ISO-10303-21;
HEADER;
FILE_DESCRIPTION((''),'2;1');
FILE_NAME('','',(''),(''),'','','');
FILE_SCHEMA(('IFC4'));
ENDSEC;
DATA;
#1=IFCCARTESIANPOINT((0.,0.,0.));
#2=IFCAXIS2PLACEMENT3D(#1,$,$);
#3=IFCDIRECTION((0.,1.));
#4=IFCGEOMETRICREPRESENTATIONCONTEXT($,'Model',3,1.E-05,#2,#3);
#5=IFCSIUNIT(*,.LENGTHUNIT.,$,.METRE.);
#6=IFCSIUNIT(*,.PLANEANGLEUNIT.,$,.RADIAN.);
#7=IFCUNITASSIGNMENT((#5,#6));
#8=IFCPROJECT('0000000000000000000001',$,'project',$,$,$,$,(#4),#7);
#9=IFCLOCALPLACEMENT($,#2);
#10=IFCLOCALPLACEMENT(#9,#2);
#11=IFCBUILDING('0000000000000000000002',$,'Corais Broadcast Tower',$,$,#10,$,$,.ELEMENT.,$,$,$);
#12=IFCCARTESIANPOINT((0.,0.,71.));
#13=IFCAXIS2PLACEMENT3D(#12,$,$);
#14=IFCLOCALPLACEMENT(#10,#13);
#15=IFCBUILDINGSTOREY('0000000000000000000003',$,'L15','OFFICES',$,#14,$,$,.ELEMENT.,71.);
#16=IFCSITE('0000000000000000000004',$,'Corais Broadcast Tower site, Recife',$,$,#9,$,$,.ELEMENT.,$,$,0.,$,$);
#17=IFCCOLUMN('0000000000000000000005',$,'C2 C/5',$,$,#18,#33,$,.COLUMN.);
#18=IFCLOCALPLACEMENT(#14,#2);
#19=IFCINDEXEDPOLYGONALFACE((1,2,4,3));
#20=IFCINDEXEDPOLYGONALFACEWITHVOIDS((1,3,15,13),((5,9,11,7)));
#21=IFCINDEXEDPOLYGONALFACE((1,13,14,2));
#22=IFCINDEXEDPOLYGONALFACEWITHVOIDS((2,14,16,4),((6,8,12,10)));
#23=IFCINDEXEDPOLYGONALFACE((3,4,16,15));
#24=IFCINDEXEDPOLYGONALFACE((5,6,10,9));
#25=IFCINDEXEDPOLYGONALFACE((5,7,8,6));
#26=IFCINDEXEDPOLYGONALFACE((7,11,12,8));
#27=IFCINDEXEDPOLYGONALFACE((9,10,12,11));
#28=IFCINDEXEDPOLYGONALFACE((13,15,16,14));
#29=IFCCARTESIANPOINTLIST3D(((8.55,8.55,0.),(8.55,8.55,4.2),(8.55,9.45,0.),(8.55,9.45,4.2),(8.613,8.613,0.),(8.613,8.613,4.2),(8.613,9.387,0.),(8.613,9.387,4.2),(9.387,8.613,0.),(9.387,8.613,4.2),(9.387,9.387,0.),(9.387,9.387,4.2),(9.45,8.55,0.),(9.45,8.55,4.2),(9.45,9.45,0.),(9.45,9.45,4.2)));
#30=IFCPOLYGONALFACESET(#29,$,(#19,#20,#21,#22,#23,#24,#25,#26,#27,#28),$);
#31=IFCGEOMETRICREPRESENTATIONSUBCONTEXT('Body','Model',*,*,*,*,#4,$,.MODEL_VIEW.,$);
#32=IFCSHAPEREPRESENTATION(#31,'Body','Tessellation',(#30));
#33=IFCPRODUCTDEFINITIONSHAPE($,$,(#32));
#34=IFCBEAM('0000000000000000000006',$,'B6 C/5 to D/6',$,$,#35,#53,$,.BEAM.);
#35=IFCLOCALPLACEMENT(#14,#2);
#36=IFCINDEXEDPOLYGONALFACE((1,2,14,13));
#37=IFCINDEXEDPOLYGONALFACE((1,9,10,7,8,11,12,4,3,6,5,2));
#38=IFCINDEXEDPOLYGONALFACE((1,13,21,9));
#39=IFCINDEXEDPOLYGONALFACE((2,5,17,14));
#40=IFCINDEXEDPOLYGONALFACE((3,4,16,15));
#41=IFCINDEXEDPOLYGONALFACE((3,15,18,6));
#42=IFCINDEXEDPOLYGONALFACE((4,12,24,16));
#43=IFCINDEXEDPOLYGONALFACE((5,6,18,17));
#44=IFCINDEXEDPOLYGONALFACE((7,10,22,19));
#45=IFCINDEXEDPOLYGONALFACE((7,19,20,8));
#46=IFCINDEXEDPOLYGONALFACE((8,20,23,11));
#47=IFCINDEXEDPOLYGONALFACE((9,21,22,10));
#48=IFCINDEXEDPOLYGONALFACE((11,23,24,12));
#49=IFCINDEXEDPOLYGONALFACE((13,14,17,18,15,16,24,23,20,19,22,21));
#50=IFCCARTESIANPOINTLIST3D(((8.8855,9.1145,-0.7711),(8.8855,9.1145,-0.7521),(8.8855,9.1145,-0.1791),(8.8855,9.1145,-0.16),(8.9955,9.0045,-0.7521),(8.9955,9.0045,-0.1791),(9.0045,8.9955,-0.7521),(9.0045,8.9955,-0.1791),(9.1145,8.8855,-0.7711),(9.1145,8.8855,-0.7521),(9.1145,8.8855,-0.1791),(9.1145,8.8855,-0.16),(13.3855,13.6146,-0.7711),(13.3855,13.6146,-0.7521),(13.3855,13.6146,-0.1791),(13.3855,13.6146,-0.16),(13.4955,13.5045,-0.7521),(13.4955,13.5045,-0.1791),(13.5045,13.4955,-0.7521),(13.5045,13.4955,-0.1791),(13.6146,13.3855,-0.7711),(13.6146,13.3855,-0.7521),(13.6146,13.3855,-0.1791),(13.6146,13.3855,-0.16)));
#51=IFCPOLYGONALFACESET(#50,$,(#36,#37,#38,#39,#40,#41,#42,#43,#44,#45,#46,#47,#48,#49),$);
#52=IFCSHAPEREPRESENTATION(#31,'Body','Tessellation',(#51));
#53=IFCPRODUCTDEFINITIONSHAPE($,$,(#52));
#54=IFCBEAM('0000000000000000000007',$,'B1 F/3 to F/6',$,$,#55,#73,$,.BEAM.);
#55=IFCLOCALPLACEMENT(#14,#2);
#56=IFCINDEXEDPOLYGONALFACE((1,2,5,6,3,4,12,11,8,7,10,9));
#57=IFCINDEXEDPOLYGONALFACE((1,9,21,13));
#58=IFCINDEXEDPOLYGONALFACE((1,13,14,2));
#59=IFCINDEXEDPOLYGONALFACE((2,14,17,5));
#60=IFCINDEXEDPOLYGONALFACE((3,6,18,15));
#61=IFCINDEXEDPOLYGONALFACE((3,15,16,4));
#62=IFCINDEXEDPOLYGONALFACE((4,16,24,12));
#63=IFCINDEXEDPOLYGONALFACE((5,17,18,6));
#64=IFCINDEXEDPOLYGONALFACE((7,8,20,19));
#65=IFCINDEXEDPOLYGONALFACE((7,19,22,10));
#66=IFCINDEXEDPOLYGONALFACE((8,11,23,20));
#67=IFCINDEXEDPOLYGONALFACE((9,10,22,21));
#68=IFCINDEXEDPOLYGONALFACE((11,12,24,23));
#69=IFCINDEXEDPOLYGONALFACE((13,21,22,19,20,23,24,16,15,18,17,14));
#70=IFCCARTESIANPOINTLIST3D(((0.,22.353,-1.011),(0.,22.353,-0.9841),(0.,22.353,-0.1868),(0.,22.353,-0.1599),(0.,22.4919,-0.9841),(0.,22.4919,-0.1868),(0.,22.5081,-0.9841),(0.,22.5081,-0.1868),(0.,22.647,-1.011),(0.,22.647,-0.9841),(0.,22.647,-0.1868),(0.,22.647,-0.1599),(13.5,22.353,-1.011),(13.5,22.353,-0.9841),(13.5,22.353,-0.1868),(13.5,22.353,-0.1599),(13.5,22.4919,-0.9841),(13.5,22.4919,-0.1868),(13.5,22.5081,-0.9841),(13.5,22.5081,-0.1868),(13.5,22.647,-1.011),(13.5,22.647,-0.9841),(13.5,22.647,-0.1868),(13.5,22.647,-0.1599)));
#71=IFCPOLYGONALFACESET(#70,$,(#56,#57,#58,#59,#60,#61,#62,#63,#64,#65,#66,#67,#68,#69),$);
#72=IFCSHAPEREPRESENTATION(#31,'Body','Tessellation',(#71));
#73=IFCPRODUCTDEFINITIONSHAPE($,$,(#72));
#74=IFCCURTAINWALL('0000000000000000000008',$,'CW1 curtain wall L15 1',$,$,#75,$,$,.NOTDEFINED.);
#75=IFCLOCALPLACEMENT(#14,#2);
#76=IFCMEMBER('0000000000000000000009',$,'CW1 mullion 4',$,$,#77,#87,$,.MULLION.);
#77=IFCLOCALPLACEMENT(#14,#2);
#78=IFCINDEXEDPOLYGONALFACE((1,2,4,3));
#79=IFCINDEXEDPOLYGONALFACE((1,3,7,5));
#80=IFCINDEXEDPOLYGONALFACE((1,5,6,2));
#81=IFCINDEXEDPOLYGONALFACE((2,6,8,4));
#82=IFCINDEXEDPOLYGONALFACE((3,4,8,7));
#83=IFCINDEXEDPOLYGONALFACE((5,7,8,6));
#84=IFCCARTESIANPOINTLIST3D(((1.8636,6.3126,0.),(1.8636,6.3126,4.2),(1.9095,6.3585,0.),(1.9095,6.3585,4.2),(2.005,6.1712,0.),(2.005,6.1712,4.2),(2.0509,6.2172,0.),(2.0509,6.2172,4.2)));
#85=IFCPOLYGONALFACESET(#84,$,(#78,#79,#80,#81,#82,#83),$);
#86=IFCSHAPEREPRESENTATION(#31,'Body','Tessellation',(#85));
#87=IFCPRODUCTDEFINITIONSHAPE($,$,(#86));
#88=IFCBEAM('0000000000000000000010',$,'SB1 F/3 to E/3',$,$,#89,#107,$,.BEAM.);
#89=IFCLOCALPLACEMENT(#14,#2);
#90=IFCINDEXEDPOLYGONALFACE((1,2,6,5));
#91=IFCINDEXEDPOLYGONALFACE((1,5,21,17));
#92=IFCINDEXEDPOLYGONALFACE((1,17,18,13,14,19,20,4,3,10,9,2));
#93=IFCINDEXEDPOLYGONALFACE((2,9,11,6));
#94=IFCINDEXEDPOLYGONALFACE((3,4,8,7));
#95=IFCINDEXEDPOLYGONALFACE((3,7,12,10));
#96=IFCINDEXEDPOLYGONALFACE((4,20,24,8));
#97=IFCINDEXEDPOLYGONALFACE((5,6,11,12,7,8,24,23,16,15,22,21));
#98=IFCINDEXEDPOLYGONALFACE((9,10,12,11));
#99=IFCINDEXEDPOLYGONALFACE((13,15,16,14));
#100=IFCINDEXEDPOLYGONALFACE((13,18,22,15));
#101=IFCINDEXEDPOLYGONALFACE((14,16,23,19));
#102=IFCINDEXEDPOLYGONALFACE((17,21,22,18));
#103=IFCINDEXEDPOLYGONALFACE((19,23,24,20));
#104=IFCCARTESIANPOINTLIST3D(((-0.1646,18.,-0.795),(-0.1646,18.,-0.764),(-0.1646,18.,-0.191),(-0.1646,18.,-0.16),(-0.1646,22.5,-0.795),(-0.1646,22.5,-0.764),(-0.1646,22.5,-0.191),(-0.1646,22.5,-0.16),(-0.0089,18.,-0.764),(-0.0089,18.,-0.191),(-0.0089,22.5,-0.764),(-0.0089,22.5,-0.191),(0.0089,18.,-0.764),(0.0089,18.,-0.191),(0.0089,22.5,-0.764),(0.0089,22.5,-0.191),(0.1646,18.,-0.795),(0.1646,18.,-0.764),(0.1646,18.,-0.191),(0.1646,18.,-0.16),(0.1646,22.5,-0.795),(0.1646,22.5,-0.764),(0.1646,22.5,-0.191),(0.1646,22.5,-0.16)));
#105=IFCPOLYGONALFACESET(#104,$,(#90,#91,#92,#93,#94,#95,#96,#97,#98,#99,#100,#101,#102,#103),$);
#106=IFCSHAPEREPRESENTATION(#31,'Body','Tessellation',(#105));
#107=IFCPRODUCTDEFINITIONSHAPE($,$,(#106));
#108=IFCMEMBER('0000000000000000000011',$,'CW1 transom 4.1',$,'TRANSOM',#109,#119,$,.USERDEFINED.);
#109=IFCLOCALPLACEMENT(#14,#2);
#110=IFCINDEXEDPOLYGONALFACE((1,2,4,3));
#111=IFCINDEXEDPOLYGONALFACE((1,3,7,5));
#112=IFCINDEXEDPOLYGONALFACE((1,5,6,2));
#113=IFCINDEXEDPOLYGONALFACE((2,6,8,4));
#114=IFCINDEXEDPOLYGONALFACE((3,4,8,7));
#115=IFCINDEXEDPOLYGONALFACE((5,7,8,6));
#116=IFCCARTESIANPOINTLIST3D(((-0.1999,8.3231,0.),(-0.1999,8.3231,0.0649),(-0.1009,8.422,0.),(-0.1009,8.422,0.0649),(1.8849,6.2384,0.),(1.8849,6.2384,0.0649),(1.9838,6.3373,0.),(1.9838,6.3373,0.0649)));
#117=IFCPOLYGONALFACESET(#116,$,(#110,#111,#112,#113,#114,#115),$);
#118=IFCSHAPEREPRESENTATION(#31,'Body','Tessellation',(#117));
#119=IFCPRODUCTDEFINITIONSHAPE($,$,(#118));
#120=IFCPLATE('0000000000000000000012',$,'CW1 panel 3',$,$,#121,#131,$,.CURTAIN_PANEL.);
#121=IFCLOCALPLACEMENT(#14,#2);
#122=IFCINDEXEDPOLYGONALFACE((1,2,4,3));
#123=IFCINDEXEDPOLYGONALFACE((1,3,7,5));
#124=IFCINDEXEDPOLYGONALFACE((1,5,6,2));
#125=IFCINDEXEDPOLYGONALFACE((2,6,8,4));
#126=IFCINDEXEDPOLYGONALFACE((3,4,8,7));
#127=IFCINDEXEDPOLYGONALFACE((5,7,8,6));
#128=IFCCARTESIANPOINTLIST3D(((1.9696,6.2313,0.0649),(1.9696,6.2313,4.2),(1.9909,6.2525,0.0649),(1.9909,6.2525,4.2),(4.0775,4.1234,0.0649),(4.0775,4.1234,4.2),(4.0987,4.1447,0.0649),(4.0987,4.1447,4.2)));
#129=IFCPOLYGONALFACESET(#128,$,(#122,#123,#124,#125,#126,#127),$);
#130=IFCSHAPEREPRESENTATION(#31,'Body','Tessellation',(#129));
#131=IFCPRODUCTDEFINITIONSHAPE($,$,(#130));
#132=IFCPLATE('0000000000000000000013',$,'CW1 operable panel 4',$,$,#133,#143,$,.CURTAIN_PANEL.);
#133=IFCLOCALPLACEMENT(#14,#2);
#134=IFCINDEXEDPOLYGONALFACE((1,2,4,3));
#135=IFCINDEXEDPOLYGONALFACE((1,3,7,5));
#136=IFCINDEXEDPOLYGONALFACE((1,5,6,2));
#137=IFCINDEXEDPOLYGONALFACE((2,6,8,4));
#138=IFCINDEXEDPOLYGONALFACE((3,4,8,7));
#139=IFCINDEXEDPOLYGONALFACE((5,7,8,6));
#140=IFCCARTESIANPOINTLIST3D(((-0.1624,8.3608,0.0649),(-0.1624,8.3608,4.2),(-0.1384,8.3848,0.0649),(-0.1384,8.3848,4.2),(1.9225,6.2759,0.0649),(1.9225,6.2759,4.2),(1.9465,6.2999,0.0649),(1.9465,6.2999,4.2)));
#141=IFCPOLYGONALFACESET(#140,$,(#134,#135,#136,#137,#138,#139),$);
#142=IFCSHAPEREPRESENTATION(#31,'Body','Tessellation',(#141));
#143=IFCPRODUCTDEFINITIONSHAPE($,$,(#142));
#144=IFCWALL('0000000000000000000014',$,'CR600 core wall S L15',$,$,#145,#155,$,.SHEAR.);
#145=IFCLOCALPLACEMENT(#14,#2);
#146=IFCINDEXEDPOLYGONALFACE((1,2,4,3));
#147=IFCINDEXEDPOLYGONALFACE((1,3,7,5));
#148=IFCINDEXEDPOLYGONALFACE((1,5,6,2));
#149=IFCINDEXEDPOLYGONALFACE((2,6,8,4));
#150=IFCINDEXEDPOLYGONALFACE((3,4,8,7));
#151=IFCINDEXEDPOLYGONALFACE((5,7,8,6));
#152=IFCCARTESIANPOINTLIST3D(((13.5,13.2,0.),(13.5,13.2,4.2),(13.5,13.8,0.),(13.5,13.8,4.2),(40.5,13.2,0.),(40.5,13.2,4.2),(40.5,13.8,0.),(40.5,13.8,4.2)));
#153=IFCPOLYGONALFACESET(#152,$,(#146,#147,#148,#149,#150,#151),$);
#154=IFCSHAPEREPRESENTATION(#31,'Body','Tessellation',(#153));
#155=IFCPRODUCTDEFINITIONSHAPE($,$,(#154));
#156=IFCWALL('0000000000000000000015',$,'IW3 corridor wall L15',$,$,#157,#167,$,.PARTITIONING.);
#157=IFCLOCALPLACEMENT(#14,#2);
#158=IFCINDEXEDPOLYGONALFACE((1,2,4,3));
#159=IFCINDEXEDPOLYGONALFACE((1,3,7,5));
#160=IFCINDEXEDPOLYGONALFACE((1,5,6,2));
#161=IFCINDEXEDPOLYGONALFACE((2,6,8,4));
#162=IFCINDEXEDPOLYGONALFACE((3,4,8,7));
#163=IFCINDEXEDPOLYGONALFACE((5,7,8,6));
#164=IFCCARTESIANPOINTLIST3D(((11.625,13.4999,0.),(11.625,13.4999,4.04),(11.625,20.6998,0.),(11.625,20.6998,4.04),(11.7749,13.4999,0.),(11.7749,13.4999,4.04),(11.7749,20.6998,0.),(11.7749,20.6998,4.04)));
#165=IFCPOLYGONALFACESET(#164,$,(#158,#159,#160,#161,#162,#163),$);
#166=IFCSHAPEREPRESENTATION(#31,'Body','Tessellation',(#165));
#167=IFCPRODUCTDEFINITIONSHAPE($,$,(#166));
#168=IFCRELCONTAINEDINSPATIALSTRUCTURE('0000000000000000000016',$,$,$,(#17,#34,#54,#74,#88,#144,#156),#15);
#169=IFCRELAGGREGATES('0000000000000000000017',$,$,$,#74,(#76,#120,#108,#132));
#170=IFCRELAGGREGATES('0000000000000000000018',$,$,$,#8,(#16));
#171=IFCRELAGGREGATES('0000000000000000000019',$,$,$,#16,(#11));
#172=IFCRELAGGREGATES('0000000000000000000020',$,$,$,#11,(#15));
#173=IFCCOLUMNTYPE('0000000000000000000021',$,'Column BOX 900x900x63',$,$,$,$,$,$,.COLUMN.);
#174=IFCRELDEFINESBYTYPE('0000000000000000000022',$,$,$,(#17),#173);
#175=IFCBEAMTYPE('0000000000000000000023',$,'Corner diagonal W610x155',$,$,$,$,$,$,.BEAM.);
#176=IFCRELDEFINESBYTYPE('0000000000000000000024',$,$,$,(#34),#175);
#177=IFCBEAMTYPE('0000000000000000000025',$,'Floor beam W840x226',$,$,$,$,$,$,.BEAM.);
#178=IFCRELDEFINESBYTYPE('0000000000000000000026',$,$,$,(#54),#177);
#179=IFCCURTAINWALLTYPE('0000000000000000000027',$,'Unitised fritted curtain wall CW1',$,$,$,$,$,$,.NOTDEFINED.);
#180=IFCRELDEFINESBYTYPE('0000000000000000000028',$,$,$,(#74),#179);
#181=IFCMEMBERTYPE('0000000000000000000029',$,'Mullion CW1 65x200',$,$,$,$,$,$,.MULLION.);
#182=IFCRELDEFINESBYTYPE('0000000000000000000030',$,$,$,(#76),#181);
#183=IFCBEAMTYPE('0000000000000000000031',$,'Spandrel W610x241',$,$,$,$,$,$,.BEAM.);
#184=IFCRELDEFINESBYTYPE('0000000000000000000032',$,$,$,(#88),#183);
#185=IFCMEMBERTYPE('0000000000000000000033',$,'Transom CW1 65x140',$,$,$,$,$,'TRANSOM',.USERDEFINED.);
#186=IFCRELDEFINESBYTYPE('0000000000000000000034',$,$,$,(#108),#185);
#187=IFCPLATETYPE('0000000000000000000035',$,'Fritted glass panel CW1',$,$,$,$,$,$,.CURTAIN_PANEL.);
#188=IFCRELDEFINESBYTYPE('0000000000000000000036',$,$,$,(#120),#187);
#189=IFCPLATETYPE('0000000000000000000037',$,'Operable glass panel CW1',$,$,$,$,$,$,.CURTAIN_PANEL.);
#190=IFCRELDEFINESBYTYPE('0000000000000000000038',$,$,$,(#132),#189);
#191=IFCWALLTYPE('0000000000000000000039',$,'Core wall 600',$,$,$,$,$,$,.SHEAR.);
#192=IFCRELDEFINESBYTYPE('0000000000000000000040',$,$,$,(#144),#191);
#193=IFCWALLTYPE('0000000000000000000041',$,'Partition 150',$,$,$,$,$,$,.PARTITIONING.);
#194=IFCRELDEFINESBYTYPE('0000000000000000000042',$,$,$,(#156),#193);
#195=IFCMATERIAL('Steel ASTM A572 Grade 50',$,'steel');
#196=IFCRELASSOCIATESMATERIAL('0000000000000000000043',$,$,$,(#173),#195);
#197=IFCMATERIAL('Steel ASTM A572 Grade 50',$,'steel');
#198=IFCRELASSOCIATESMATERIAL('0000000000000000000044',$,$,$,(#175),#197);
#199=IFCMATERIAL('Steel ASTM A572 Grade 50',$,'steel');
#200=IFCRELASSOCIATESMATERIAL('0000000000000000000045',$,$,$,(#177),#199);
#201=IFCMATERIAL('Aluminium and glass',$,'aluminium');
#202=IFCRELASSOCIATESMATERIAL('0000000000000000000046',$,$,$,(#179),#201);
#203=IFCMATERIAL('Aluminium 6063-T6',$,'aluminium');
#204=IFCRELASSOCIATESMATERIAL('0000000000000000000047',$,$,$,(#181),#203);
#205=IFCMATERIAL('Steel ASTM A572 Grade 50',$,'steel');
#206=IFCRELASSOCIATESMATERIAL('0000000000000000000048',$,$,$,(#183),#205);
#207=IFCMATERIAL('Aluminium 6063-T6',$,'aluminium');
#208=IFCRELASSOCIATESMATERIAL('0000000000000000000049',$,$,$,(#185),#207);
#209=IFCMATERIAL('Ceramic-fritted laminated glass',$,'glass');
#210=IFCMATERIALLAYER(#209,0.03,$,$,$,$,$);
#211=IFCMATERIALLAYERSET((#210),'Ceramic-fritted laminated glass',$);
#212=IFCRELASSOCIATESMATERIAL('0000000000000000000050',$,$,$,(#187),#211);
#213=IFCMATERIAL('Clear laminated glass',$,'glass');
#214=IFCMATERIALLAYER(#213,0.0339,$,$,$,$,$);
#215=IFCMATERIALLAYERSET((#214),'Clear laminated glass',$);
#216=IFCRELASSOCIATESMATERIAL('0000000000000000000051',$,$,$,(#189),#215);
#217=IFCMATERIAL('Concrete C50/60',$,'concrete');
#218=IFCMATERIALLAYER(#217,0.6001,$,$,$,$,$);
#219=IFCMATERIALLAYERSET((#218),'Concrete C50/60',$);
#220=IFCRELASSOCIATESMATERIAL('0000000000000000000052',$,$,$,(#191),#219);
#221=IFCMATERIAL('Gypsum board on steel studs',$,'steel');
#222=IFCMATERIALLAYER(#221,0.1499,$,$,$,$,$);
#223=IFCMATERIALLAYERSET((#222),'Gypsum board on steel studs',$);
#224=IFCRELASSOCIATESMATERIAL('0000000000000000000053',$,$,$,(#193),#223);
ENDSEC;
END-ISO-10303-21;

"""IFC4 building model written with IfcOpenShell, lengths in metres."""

from ifc_helpers import new_model, si_unit, direction, frame, frame_2d, origin, origin_2d, place, context, subcontext, project, spatial, rectangle, hollow_rectangle, i_section, extrude, material, layer, layer_set, material_profile, profile_set, type_object, element, aggregate, save


model = new_model("IFC4")

# Units and contexts
model_context = context("Model", 3, precision=1e-05, world=origin(), true_north=direction((0.0, 1.0)))
body_context = subcontext(model_context, "Body", "Model", "MODEL_VIEW")
ifc_project = project(units=[si_unit("LENGTHUNIT", "METRE"), si_unit("PLANEANGLEUNIT", "RADIAN")], contexts=[model_context])

# Site, building, storey
site_placement = place(None, origin())
site = spatial("IfcSite", under=ifc_project, at=site_placement, Name="Corais Broadcast Tower site, Recife", CompositionType="ELEMENT", RefElevation=0.0)
building_placement = place(site_placement, origin())
building = spatial("IfcBuilding", under=site, at=building_placement, Name="Corais Broadcast Tower", CompositionType="ELEMENT")
storey_placement = place(building_placement, frame((0.0, 0.0, 71.0)))
storey = spatial("IfcBuildingStorey", under=building, at=storey_placement, Name="L15", Description="OFFICES", CompositionType="ELEMENT", Elevation=71.0)

# Column
ifc_material_1 = material(Name="Steel ASTM A572 Grade 50", Category="steel")
ifc_material_profile_1 = material_profile(ifc_material_1, hollow_rectangle(XDim=0.8999, YDim=0.8999, WallThickness=0.063, at=origin_2d()), Name="BOX 900x900x63")
ifc_profile_set_1 = profile_set([ifc_material_profile_1], Name="Steel ASTM A572 Grade 50")
column_type = type_object("IfcColumnType", Name="Column BOX 900x900x63", PredefinedType="COLUMN", material=ifc_profile_set_1)
column_placement = place(storey_placement, frame((9.0, 9.0, 0.0), z_axis=(0.0, 0.0, 1.0), x_axis=(1.0, 0.0, 0.0)))
element("IfcColumn", 1, at=column_placement, inside=storey, type_object=column_type, Name="C2 C/5", PredefinedType="COLUMN", context=body_context, shape_type="SweptSolid", body=[
    extrude(hollow_rectangle(XDim=0.8999, YDim=0.8999, WallThickness=0.063, at=origin_2d()), origin(), (0.0, 0.0, 1.0), 4.2),
])

# Beams
ifc_material_2 = material(Name="Steel ASTM A572 Grade 50", Category="steel")
ifc_material_profile_2 = material_profile(ifc_material_2, i_section(OverallWidth=0.324, OverallDepth=0.6111, WebThickness=0.0127, FlangeThickness=0.019, at=origin_2d()), Name="W610x155")
ifc_profile_set_2 = profile_set([ifc_material_profile_2], Name="Steel ASTM A572 Grade 50")
beam_type_1 = type_object("IfcBeamType", Name="Corner diagonal W610x155", PredefinedType="BEAM", material=ifc_profile_set_2)
beam_1_placement = place(storey_placement, frame((9.0, 9.0, -0.4656), z_axis=(0.707107, 0.707107, 0.0), x_axis=(-0.707107, 0.707107, 0.0)))
element("IfcBeam", 2, at=beam_1_placement, inside=storey, type_object=beam_type_1, Name="B6 C/5 to D/6", PredefinedType="BEAM", context=body_context, shape_type="SweptSolid", body=[
    extrude(i_section(OverallWidth=0.324, OverallDepth=0.6111, WebThickness=0.0127, FlangeThickness=0.019, at=origin_2d()), origin(), (0.0, 0.0, 1.0), 6.364),
])
ifc_material_3 = material(Name="Steel ASTM A572 Grade 50", Category="steel")
ifc_material_profile_3 = material_profile(ifc_material_3, i_section(OverallWidth=0.2939, OverallDepth=0.8511, WebThickness=0.0161, FlangeThickness=0.0269, at=origin_2d()), Name="W840x226")
ifc_profile_set_3 = profile_set([ifc_material_profile_3], Name="Steel ASTM A572 Grade 50")
beam_type_2 = type_object("IfcBeamType", Name="Floor beam W840x226", PredefinedType="BEAM", material=ifc_profile_set_3)
beam_2_placement = place(storey_placement, frame((0.0, 22.5, -0.5854), z_axis=(1.0, 0.0, 0.0), x_axis=(0.0, 1.0, 0.0)))
element("IfcBeam", 3, at=beam_2_placement, inside=storey, type_object=beam_type_2, Name="B1 F/3 to F/6", PredefinedType="BEAM", context=body_context, shape_type="SweptSolid", body=[
    extrude(i_section(OverallWidth=0.2939, OverallDepth=0.8511, WebThickness=0.0161, FlangeThickness=0.0269, at=origin_2d()), origin(), (0.0, 0.0, 1.0), 13.5),
])

# Curtain wall, member
ifc_material_4 = material(Name="Aluminium and glass", Category="aluminium")
curtain_wall_type = type_object("IfcCurtainWallType", Name="Unitised fritted curtain wall CW1", PredefinedType="NOTDEFINED", material=ifc_material_4)
curtain_wall_placement = place(storey_placement, origin())
curtain_wall = element("IfcCurtainWall", 4, at=curtain_wall_placement, inside=storey, type_object=curtain_wall_type, Name="CW1 curtain wall L15 1", PredefinedType="NOTDEFINED")
ifc_material_5 = material(Name="Aluminium 6063-T6", Category="aluminium")
ifc_material_profile_4 = material_profile(ifc_material_5, rectangle(XDim=0.0649, YDim=0.2, at=origin_2d()), Name="Mullion CW1 65x200")
ifc_profile_set_4 = profile_set([ifc_material_profile_4], Name="Aluminium 6063-T6")
member_type_1 = type_object("IfcMemberType", Name="Mullion CW1 65x200", PredefinedType="MULLION", material=ifc_profile_set_4)
member_1_placement = place(storey_placement, frame((1.9573, 6.2649, 0.0), z_axis=(0.0, 0.0, 1.0), x_axis=(-0.707107, -0.707107, 0.0)))
member_1 = element("IfcMember", 5, at=member_1_placement, type_object=member_type_1, Name="CW1 mullion 4", PredefinedType="MULLION", context=body_context, shape_type="SweptSolid", body=[
    extrude(rectangle(XDim=0.0649, YDim=0.2, at=origin_2d()), origin(), (0.0, 0.0, 1.0), 4.2),
])

# Beam
ifc_material_6 = material(Name="Steel ASTM A572 Grade 50", Category="steel")
ifc_material_profile_5 = material_profile(ifc_material_6, i_section(OverallWidth=0.3291, OverallDepth=0.635, WebThickness=0.0178, FlangeThickness=0.031, at=origin_2d()), Name="W610x241")
ifc_profile_set_5 = profile_set([ifc_material_profile_5], Name="Steel ASTM A572 Grade 50")
beam_type_3 = type_object("IfcBeamType", Name="Spandrel W610x241", PredefinedType="BEAM", material=ifc_profile_set_5)
beam_3_placement = place(storey_placement, frame((0.0, 22.5, -0.4775), z_axis=(0.0, -1.0, 0.0), x_axis=(1.0, 0.0, 0.0)))
element("IfcBeam", 6, at=beam_3_placement, inside=storey, type_object=beam_type_3, Name="SB1 F/3 to E/3", PredefinedType="BEAM", context=body_context, shape_type="SweptSolid", body=[
    extrude(i_section(OverallWidth=0.3291, OverallDepth=0.635, WebThickness=0.0178, FlangeThickness=0.031, at=origin_2d()), origin(), (0.0, 0.0, 1.0), 4.5),
])

# Member
ifc_material_7 = material(Name="Aluminium 6063-T6", Category="aluminium")
ifc_material_profile_6 = material_profile(ifc_material_7, rectangle(XDim=0.1399, YDim=0.0649, at=origin_2d()), Name="Transom CW1 65x140")
ifc_profile_set_6 = profile_set([ifc_material_profile_6], Name="Aluminium 6063-T6")
member_type_2 = type_object("IfcMemberType", Name="Transom CW1 65x140", ElementType="TRANSOM", PredefinedType="USERDEFINED", material=ifc_profile_set_6)
member_2_placement = place(storey_placement, frame((1.9343, 6.2878, 0.0325), z_axis=(-0.707107, 0.707107, 0.0), x_axis=(-0.707107, -0.707107, 0.0)))
member_2 = element("IfcMember", 7, at=member_2_placement, type_object=member_type_2, Name="CW1 transom 4.1", ObjectType="TRANSOM", PredefinedType="USERDEFINED", context=body_context, shape_type="SweptSolid", body=[
    extrude(rectangle(XDim=0.1399, YDim=0.0649, at=origin_2d()), origin(), (0.0, 0.0, 1.0), 2.9482),
])

# Plates
ifc_material_8 = material(Name="Ceramic-fritted laminated glass", Category="glass")
ifc_layer_1 = layer(ifc_material_8, 0.03)
ifc_layer_set_1 = layer_set([ifc_layer_1], Name="Ceramic-fritted laminated glass")
plate_type_1 = type_object("IfcPlateType", Name="Fritted glass panel CW1", PredefinedType="CURTAIN_PANEL", material=ifc_layer_set_1)
plate_1_placement = place(storey_placement, frame((3.0342, 5.188, 0.0649), z_axis=(0.0, 0.0, 1.0), x_axis=(-0.707107, 0.707107, 0.0)))
plate_1 = element("IfcPlate", 8, at=plate_1_placement, type_object=plate_type_1, Name="CW1 panel 3", PredefinedType="CURTAIN_PANEL", context=body_context, shape_type="SweptSolid", body=[
    extrude(rectangle(XDim=2.981, YDim=0.03, at=origin_2d()), origin(), (0.0, 0.0, 1.0), 4.135),
])
ifc_material_9 = material(Name="Clear laminated glass", Category="glass")
ifc_layer_2 = layer(ifc_material_9, 0.0339)
ifc_layer_set_2 = layer_set([ifc_layer_2], Name="Clear laminated glass")
plate_type_2 = type_object("IfcPlateType", Name="Operable glass panel CW1", PredefinedType="CURTAIN_PANEL", material=ifc_layer_set_2)
plate_2_placement = place(storey_placement, frame((0.8921, 7.3303, 0.0649), z_axis=(0.0, 0.0, 1.0), x_axis=(-0.707107, 0.707107, 0.0)))
plate_2 = element("IfcPlate", 9, at=plate_2_placement, type_object=plate_type_2, Name="CW1 operable panel 4", PredefinedType="CURTAIN_PANEL", context=body_context, shape_type="SweptSolid", body=[
    extrude(rectangle(XDim=2.9485, YDim=0.0339, at=origin_2d()), origin(), (0.0, 0.0, 1.0), 4.135),
])
aggregate(curtain_wall, [member_1, plate_1, member_2, plate_2])

# Walls
ifc_material_10 = material(Name="Concrete C50/60", Category="concrete")
ifc_layer_3 = layer(ifc_material_10, 0.6001)
ifc_layer_set_3 = layer_set([ifc_layer_3], Name="Concrete C50/60")
wall_type_1 = type_object("IfcWallType", Name="Core wall 600", PredefinedType="SHEAR", material=ifc_layer_set_3)
wall_1_placement = place(storey_placement, frame((13.5, 13.5, 0.0), z_axis=(0.0, 0.0, 1.0), x_axis=(1.0, 0.0, 0.0)))
element("IfcWall", 10, at=wall_1_placement, inside=storey, type_object=wall_type_1, Name="CR600 core wall S L15", PredefinedType="SHEAR", context=body_context, shape_type="SweptSolid", body=[
    extrude(rectangle(XDim=27.0, YDim=0.6001, at=frame_2d((13.5, 0.0))), origin(), (0.0, 0.0, 1.0), 4.2),
])
ifc_material_11 = material(Name="Gypsum board on steel studs", Category="steel")
ifc_layer_4 = layer(ifc_material_11, 0.1499)
ifc_layer_set_4 = layer_set([ifc_layer_4], Name="Gypsum board on steel studs")
wall_type_2 = type_object("IfcWallType", Name="Partition 150", PredefinedType="PARTITIONING", material=ifc_layer_set_4)
wall_2_placement = place(storey_placement, frame((11.7, 20.7, 0.0), z_axis=(0.0, 0.0, 1.0), x_axis=(0.0, -1.0, 0.0)))
element("IfcWall", 11, at=wall_2_placement, inside=storey, type_object=wall_type_2, Name="IW3 corridor wall L15", PredefinedType="PARTITIONING", context=body_context, shape_type="SweptSolid", body=[
    extrude(rectangle(XDim=7.2, YDim=0.1499, at=frame_2d((3.6001, 0.0))), origin(), (0.0, 0.0, 1.0), 4.04),
])

save(model, "model.ifc")
